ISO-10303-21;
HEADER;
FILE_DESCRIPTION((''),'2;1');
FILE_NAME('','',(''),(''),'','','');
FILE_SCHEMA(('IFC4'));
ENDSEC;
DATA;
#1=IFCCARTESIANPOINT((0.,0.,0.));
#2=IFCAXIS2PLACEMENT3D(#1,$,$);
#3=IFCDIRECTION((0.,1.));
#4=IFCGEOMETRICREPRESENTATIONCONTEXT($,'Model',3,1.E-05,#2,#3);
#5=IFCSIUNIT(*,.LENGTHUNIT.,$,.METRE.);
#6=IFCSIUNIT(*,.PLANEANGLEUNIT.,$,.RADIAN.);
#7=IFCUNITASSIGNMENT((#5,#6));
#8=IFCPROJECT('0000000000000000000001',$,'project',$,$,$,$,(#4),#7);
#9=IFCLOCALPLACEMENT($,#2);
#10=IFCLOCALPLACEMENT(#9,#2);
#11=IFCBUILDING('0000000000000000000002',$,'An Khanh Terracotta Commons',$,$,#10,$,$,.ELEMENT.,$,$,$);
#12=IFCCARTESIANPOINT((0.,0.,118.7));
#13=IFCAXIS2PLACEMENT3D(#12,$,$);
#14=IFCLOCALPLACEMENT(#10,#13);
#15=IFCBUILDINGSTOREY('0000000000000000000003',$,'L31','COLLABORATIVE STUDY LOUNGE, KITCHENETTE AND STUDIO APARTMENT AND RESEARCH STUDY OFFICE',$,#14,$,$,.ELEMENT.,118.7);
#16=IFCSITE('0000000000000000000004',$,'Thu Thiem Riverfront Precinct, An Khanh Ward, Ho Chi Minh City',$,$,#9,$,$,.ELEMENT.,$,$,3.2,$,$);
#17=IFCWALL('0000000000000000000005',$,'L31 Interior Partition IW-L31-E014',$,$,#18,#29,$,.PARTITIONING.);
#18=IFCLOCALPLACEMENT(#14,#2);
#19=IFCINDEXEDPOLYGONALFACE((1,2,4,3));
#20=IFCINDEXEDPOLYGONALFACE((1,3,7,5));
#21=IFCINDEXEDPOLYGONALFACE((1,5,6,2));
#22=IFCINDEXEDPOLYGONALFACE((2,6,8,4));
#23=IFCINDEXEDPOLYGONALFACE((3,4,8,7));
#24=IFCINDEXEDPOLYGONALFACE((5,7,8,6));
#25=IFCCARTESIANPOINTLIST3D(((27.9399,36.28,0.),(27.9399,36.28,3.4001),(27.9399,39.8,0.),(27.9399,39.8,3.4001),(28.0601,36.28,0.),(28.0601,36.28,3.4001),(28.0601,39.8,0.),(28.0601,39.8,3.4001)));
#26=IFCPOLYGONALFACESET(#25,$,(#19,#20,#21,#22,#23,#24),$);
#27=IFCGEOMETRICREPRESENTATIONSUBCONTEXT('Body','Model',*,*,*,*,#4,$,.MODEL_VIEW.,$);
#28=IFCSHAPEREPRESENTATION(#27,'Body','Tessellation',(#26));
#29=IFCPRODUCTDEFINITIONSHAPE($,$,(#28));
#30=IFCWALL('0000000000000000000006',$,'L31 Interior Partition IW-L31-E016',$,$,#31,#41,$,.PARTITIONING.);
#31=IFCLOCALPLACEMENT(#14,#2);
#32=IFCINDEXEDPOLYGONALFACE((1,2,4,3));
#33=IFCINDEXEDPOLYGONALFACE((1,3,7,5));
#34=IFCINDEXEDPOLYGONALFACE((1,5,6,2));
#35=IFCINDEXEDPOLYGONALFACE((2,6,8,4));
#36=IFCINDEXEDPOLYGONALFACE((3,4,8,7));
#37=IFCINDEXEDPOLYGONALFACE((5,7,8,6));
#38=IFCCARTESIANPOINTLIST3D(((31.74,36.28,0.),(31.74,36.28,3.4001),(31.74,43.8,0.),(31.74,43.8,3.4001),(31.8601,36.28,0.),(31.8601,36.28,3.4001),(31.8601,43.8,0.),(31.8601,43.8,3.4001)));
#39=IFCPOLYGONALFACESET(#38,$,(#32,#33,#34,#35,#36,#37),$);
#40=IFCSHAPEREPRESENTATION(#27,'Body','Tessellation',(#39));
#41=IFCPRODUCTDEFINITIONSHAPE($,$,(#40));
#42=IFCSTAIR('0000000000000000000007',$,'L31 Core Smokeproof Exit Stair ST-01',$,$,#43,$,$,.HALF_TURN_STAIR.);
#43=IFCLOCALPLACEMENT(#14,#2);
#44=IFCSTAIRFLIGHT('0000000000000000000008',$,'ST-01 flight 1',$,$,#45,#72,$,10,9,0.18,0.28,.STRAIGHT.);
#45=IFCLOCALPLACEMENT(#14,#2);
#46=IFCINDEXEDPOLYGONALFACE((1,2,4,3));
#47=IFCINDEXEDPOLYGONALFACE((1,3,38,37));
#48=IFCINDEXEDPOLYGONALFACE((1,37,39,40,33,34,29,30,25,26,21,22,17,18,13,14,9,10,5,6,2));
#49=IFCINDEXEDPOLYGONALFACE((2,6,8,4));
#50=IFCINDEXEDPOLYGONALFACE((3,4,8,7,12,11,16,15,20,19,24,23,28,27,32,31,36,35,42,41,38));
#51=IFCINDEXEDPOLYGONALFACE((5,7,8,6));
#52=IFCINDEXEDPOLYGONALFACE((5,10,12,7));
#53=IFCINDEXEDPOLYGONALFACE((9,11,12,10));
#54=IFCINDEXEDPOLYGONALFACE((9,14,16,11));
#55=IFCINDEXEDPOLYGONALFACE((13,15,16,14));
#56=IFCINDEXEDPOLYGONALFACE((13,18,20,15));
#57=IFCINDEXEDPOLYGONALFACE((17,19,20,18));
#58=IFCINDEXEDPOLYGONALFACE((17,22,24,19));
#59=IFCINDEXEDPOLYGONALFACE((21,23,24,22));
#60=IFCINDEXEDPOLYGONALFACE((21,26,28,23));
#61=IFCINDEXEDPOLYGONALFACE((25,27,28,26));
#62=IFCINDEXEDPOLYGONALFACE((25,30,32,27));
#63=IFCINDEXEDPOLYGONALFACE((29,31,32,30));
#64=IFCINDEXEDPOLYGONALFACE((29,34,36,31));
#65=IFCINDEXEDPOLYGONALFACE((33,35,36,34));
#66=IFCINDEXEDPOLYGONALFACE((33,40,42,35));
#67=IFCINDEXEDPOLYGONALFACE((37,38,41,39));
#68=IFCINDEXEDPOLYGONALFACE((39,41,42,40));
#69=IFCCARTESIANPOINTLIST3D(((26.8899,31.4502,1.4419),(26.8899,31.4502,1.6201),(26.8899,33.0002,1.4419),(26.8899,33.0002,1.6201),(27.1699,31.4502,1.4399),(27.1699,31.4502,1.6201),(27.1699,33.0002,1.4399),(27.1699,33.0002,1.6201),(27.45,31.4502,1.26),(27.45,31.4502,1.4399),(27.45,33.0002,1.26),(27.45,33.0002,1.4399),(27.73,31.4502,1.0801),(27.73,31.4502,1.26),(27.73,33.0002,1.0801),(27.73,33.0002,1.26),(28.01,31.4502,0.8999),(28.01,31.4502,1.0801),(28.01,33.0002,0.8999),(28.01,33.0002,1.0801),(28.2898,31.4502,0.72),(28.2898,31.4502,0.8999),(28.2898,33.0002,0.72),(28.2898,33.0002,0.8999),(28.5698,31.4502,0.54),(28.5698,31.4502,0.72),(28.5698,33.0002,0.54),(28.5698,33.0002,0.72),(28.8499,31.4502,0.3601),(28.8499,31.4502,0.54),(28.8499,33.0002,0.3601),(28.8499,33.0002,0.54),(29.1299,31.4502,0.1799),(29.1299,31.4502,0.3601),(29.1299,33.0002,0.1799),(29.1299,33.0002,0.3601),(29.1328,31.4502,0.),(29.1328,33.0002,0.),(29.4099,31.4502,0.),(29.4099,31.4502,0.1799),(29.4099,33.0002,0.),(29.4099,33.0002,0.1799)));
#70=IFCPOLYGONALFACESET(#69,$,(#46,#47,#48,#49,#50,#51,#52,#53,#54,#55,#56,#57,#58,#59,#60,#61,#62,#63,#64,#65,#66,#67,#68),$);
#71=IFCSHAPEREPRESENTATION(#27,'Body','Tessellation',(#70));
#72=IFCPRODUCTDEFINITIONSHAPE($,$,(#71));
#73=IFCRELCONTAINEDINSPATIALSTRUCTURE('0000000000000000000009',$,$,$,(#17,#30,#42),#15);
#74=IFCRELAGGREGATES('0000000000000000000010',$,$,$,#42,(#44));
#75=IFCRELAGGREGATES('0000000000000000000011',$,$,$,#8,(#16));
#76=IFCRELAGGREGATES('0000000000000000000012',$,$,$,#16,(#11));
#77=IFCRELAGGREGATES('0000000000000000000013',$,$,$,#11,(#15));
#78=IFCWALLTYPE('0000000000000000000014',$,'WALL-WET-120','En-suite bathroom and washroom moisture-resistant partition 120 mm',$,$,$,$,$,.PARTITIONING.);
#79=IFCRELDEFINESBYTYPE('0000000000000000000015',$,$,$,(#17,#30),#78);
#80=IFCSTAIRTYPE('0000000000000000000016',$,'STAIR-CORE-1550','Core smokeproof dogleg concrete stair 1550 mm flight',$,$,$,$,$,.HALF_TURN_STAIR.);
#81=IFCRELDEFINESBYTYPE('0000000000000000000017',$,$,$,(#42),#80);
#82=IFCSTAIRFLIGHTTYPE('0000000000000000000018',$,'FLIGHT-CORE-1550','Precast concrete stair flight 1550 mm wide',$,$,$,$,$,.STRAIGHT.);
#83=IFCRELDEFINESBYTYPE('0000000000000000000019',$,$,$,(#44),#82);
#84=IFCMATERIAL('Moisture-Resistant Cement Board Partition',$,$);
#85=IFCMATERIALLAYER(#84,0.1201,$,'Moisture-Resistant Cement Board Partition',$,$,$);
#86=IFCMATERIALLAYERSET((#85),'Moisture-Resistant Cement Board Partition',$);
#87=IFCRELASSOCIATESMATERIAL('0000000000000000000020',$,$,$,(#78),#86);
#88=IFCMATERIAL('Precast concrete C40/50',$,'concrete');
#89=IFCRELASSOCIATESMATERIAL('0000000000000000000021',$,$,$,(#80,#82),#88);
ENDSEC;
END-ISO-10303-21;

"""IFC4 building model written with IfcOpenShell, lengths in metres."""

from ifc_helpers import new_model, si_unit, direction, frame, frame_2d, origin, place, context, subcontext, project, spatial, polyline, rectangle, outline, extrude, material, layer, layer_set, type_object, element, aggregate, save


model = new_model("IFC4")

# Units and contexts
model_context = context("Model", 3, precision=1e-05, world=origin(), true_north=direction((0.0, 1.0)))
body_context = subcontext(model_context, "Body", "Model", "MODEL_VIEW")
ifc_project = project(units=[si_unit("LENGTHUNIT", "METRE"), si_unit("PLANEANGLEUNIT", "RADIAN")], contexts=[model_context])

# Site, building, storey
site_placement = place(None, origin())
site = spatial("IfcSite", under=ifc_project, at=site_placement, Name="Thu Thiem Riverfront Precinct, An Khanh Ward, Ho Chi Minh City", CompositionType="ELEMENT", RefElevation=3.2)
building_placement = place(site_placement, origin())
building = spatial("IfcBuilding", under=site, at=building_placement, Name="An Khanh Terracotta Commons", CompositionType="ELEMENT")
storey_placement = place(building_placement, frame((0.0, 0.0, 118.7)))
storey = spatial("IfcBuildingStorey", under=building, at=storey_placement, Name="L31", Description="COLLABORATIVE STUDY LOUNGE, KITCHENETTE AND STUDIO APARTMENT AND RESEARCH STUDY OFFICE", CompositionType="ELEMENT", Elevation=118.7)

# Walls
ifc_material_1 = material(Name="Moisture-Resistant Cement Board Partition")
ifc_layer_1 = layer(ifc_material_1, 0.1201, Name="Moisture-Resistant Cement Board Partition")
ifc_layer_set_1 = layer_set([ifc_layer_1], Name="Moisture-Resistant Cement Board Partition")
wall_type_1 = type_object("IfcWallType", Name="WALL-WET-120", Description="En-suite bathroom and washroom moisture-resistant partition 120 mm", PredefinedType="PARTITIONING", material=ifc_layer_set_1)
wall_1_placement = place(storey_placement, frame((28.0, 36.28, 0.0), z_axis=(0.0, 0.0, 1.0), x_axis=(0.0, 1.0, 0.0)))
element("IfcWall", 1, at=wall_1_placement, inside=storey, type_object=wall_type_1, Name="L31 Interior Partition IW-L31-E014", PredefinedType="PARTITIONING", context=body_context, shape_type="SweptSolid", body=[
    extrude(rectangle(XDim=3.52, YDim=0.1201, at=frame_2d((1.76, 0.0))), origin(), (0.0, 0.0, 1.0), 3.4001),
])
wall_2_placement = place(storey_placement, frame((31.8, 36.28, 0.0), z_axis=(0.0, 0.0, 1.0), x_axis=(0.0, 1.0, 0.0)))
element("IfcWall", 2, at=wall_2_placement, inside=storey, type_object=wall_type_1, Name="L31 Interior Partition IW-L31-E016", PredefinedType="PARTITIONING", context=body_context, shape_type="SweptSolid", body=[
    extrude(rectangle(XDim=7.52, YDim=0.1201, at=frame_2d((3.76, 0.0))), origin(), (0.0, 0.0, 1.0), 3.4001),
])

# Stair, stair flight
ifc_material_2 = material(Name="Precast concrete C40/50", Category="concrete")
stair_type = type_object("IfcStairType", Name="STAIR-CORE-1550", Description="Core smokeproof dogleg concrete stair 1550 mm flight", PredefinedType="HALF_TURN_STAIR", material=ifc_material_2)
stair_placement = place(storey_placement, origin())
stair = element("IfcStair", 3, at=stair_placement, inside=storey, type_object=stair_type, Name="L31 Core Smokeproof Exit Stair ST-01", PredefinedType="HALF_TURN_STAIR")
stair_flight_type = type_object("IfcStairFlightType", Name="FLIGHT-CORE-1550", Description="Precast concrete stair flight 1550 mm wide", PredefinedType="STRAIGHT", material=ifc_material_2)
stair_flight_placement = place(storey_placement, frame((29.4099, 32.2251, 0.0), z_axis=(0.0, 0.0, 1.0), x_axis=(-1.0, 0.0, 0.0)))
stair_flight = element("IfcStairFlight", 4, at=stair_flight_placement, type_object=stair_flight_type, Name="ST-01 flight 1", NumberOfRisers=10, NumberOfTreads=9, PredefinedType="STRAIGHT", RiserHeight=0.18, TreadLength=0.28, context=body_context, shape_type="SweptSolid", body=[
    extrude(outline(polyline([(0.0, 0.0), (0.0, 0.1799), (0.28, 0.1799), (0.28, 0.3601), (0.5601, 0.3601), (0.5601, 0.54), (0.8401, 0.54), (0.8401, 0.72), (1.1201, 0.72), (1.1201, 0.8999), (1.3999, 0.8999), (1.3999, 1.0801), (1.6799, 1.0801), (1.6799, 1.26), (1.96, 1.26), (1.96, 1.4399), (2.24, 1.4399), (2.24, 1.6201), (2.52, 1.6201), (2.52, 1.8), (2.52, 1.4419), (0.2771, 0.0), (0.0, 0.0)])), frame((0.0, 0.7749, 0.0), z_axis=(0.0, -1.0, 0.0), x_axis=(1.0, 0.0, 0.0)), (0.0, 0.0, 1.0), 1.55),
])
aggregate(stair, [stair_flight])

save(model, "model.ifc")
